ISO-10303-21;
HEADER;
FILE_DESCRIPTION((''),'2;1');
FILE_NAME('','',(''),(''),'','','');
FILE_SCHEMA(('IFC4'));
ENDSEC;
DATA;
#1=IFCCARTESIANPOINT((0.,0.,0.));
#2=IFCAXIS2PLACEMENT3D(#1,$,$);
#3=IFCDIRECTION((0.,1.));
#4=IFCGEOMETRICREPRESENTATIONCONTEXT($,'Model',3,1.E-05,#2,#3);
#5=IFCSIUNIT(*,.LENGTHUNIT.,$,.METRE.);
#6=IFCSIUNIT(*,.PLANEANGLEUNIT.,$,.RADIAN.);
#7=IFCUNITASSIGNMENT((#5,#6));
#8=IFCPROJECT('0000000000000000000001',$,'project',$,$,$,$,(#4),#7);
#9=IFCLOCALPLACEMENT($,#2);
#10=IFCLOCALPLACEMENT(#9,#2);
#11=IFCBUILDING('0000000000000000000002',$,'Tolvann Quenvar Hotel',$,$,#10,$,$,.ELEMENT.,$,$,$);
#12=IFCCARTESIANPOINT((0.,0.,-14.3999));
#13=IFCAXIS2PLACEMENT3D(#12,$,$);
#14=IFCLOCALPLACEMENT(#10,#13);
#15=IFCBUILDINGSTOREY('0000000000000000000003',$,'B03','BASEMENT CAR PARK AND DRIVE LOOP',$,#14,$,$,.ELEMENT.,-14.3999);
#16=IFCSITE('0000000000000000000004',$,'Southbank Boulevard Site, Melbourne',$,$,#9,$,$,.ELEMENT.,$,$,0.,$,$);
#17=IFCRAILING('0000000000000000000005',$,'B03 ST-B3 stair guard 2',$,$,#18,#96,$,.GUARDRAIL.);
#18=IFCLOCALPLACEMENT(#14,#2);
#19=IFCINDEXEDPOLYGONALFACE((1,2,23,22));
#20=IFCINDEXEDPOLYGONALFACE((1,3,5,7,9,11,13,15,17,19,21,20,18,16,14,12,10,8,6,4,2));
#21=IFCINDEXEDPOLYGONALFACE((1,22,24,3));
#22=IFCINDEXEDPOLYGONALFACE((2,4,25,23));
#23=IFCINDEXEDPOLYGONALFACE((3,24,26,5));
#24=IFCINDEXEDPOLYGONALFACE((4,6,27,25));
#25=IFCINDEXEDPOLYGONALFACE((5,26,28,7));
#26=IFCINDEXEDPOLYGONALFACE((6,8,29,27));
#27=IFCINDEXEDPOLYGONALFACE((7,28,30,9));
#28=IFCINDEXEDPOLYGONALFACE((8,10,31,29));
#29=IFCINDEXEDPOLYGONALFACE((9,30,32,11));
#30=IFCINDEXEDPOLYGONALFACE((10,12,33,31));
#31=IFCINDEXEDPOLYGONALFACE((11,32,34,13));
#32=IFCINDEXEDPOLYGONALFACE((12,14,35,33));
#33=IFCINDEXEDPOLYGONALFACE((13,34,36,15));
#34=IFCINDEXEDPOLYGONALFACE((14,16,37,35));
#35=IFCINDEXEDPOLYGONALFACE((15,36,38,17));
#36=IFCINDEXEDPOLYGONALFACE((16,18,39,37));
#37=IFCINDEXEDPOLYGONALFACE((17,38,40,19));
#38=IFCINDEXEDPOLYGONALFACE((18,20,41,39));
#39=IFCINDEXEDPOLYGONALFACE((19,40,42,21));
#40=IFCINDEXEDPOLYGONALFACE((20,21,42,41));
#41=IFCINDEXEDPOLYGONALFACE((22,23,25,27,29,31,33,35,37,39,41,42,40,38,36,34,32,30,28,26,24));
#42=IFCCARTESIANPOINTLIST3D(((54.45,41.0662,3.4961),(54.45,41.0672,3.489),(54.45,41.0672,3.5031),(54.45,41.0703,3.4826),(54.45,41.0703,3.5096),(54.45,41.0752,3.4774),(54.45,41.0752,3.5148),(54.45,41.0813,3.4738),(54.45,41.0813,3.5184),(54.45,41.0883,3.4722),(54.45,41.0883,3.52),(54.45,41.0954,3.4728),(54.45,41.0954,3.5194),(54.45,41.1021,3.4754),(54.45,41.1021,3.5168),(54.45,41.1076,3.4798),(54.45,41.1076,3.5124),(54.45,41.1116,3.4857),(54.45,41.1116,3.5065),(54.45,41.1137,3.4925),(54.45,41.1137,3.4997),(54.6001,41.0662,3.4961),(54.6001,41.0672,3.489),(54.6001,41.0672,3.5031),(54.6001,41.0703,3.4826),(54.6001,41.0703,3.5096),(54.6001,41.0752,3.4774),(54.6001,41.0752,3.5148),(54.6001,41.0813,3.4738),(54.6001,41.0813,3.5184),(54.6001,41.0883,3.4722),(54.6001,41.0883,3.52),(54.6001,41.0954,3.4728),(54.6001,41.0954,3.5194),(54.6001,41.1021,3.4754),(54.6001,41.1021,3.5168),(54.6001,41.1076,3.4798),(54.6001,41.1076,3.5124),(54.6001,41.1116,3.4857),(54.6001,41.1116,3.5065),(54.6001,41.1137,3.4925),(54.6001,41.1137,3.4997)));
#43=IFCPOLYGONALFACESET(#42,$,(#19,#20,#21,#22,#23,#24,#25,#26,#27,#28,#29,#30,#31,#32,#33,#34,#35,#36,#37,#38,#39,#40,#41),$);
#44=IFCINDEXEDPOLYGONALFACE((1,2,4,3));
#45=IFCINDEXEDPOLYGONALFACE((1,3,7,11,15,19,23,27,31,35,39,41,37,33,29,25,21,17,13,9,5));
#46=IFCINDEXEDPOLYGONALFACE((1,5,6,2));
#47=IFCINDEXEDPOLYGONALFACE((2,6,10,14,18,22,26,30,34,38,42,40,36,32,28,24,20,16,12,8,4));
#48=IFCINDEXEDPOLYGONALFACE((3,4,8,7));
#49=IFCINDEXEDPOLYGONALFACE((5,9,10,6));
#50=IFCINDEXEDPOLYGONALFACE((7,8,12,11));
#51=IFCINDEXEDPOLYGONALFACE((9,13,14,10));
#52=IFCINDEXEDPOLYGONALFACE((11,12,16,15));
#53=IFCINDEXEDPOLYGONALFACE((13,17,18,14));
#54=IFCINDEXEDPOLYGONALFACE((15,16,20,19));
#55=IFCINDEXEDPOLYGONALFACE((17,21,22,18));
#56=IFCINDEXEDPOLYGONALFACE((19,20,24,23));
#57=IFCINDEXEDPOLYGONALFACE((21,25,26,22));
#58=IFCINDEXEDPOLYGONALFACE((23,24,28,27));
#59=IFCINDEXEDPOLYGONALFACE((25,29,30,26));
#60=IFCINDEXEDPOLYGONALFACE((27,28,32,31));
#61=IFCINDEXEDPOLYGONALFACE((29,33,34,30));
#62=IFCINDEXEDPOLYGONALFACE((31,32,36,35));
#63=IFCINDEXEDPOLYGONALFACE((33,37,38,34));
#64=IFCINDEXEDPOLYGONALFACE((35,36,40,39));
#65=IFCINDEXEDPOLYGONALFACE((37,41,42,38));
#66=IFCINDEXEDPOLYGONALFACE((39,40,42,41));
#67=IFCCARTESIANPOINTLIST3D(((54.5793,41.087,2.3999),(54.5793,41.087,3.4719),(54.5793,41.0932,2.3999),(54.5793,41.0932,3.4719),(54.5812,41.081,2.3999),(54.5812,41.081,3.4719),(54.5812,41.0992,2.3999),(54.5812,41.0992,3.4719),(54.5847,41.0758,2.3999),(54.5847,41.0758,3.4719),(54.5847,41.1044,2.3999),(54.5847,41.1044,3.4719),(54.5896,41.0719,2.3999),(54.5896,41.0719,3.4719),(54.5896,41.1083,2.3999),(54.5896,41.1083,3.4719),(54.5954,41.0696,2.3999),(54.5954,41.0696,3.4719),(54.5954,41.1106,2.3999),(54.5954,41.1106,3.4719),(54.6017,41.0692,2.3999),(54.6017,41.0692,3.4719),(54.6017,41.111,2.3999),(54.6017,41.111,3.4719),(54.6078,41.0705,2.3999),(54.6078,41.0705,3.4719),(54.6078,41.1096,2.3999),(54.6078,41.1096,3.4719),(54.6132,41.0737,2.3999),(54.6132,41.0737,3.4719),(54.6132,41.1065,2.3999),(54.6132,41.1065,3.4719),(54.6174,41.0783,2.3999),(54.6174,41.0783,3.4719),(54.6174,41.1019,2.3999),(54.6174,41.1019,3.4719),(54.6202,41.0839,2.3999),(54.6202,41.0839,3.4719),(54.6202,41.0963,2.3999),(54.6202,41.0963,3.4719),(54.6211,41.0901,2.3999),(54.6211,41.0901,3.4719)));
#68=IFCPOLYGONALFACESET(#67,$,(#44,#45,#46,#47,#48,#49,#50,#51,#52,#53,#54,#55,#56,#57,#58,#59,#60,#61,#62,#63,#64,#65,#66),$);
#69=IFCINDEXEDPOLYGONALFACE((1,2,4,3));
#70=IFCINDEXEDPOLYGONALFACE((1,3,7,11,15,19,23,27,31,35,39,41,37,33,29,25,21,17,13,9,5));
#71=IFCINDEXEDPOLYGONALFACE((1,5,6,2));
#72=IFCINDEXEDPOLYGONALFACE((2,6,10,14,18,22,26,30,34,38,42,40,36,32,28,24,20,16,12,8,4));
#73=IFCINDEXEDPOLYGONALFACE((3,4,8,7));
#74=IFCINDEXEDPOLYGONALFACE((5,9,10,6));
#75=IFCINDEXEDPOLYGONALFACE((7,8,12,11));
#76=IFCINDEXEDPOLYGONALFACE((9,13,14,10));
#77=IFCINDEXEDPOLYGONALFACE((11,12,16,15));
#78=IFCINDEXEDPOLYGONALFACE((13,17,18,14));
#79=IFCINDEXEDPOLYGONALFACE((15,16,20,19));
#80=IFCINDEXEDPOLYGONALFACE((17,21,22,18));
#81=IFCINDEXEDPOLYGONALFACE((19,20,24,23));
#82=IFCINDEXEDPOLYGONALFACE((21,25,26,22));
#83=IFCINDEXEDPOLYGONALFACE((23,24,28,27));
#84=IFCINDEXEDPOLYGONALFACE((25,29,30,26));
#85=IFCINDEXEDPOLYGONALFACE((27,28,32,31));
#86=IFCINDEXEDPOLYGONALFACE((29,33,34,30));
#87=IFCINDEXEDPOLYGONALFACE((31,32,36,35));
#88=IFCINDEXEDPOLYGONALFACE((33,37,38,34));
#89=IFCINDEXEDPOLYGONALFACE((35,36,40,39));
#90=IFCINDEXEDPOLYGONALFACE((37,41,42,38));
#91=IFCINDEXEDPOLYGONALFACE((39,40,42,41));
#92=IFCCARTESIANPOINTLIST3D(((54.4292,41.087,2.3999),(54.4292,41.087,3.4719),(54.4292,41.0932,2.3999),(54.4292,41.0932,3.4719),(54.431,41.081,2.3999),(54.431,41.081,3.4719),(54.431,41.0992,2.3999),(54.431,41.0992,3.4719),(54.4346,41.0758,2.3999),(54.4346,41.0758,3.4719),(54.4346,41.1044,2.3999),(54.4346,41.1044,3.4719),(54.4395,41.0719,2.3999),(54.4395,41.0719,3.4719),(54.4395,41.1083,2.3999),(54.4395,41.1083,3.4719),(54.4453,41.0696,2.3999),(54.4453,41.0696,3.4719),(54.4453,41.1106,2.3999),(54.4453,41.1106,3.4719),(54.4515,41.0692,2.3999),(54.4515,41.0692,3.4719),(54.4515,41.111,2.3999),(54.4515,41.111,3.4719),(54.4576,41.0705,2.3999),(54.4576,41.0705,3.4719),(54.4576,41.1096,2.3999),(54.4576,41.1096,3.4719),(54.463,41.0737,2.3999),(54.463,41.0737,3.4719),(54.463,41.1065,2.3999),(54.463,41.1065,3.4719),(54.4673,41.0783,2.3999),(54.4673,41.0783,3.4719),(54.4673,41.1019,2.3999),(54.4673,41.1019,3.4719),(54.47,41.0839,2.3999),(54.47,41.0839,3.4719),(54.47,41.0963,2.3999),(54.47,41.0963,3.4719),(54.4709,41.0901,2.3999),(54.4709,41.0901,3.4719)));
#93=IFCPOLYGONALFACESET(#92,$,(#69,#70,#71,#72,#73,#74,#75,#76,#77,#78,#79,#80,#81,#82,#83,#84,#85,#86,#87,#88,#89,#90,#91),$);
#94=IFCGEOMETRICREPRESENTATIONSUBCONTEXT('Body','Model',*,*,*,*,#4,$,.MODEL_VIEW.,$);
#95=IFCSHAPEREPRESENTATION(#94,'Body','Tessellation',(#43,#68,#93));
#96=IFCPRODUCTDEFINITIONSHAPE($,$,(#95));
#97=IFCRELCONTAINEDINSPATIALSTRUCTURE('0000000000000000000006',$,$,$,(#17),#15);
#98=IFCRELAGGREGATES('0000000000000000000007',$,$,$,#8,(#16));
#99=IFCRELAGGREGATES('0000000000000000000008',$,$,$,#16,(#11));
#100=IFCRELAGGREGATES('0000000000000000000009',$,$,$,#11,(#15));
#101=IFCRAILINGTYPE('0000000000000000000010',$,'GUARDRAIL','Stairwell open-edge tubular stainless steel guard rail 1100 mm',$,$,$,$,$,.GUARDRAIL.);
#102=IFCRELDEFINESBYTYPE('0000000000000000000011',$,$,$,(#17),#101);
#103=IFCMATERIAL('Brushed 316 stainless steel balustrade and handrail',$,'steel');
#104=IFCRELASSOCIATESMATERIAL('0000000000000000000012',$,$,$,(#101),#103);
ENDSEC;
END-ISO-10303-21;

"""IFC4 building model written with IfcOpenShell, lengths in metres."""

from ifc_helpers import new_model, si_unit, direction, frame, origin, origin_2d, place, context, subcontext, project, spatial, circle, extrude, material, type_object, element, save


model = new_model("IFC4")

# Units and contexts
model_context = context("Model", 3, precision=1e-05, world=origin(), true_north=direction((0.0, 1.0)))
body_context = subcontext(model_context, "Body", "Model", "MODEL_VIEW")
ifc_project = project(units=[si_unit("LENGTHUNIT", "METRE"), si_unit("PLANEANGLEUNIT", "RADIAN")], contexts=[model_context])

# Site, building, storey
site_placement = place(None, origin())
site = spatial("IfcSite", under=ifc_project, at=site_placement, Name="Southbank Boulevard Site, Melbourne", CompositionType="ELEMENT", RefElevation=0.0)
building_placement = place(site_placement, origin())
building = spatial("IfcBuilding", under=site, at=building_placement, Name="Tolvann Quenvar Hotel", CompositionType="ELEMENT")
storey_placement = place(building_placement, frame((0.0, 0.0, -14.3999)))
storey = spatial("IfcBuildingStorey", under=building, at=storey_placement, Name="B03", Description="BASEMENT CAR PARK AND DRIVE LOOP", CompositionType="ELEMENT", Elevation=-14.3999)

# Railing
ifc_material_1 = material(Name="Brushed 316 stainless steel balustrade and handrail", Category="steel")
railing_type_1 = type_object("IfcRailingType", Name="GUARDRAIL", Description="Stairwell open-edge tubular stainless steel guard rail 1100 mm", PredefinedType="GUARDRAIL", material=ifc_material_1)
railing_1_placement = place(storey_placement, frame((54.6001, 41.0901, 2.3999)))
element("IfcRailing", 1, at=railing_1_placement, inside=storey, type_object=railing_type_1, Name="B03 ST-B3 stair guard 2", PredefinedType="GUARDRAIL", context=body_context, shape_type="SweptSolid", body=[
    extrude(circle(Radius=0.0239, at=origin_2d()), frame((0.0, 0.0, 1.0962), z_axis=(-1.0, 0.0, 0.0), x_axis=(0.0, -1.0, 0.0)), (0.0, 0.0, 1.0), 0.1501),
    extrude(circle(Radius=0.021, at=origin_2d()), origin(), (0.0, 0.0, 1.0), 1.072),
    extrude(circle(Radius=0.021, at=origin_2d()), frame((-0.1501, 0.0, 0.0)), (0.0, 0.0, 1.0), 1.072),
])

save(model, "model.ifc")
